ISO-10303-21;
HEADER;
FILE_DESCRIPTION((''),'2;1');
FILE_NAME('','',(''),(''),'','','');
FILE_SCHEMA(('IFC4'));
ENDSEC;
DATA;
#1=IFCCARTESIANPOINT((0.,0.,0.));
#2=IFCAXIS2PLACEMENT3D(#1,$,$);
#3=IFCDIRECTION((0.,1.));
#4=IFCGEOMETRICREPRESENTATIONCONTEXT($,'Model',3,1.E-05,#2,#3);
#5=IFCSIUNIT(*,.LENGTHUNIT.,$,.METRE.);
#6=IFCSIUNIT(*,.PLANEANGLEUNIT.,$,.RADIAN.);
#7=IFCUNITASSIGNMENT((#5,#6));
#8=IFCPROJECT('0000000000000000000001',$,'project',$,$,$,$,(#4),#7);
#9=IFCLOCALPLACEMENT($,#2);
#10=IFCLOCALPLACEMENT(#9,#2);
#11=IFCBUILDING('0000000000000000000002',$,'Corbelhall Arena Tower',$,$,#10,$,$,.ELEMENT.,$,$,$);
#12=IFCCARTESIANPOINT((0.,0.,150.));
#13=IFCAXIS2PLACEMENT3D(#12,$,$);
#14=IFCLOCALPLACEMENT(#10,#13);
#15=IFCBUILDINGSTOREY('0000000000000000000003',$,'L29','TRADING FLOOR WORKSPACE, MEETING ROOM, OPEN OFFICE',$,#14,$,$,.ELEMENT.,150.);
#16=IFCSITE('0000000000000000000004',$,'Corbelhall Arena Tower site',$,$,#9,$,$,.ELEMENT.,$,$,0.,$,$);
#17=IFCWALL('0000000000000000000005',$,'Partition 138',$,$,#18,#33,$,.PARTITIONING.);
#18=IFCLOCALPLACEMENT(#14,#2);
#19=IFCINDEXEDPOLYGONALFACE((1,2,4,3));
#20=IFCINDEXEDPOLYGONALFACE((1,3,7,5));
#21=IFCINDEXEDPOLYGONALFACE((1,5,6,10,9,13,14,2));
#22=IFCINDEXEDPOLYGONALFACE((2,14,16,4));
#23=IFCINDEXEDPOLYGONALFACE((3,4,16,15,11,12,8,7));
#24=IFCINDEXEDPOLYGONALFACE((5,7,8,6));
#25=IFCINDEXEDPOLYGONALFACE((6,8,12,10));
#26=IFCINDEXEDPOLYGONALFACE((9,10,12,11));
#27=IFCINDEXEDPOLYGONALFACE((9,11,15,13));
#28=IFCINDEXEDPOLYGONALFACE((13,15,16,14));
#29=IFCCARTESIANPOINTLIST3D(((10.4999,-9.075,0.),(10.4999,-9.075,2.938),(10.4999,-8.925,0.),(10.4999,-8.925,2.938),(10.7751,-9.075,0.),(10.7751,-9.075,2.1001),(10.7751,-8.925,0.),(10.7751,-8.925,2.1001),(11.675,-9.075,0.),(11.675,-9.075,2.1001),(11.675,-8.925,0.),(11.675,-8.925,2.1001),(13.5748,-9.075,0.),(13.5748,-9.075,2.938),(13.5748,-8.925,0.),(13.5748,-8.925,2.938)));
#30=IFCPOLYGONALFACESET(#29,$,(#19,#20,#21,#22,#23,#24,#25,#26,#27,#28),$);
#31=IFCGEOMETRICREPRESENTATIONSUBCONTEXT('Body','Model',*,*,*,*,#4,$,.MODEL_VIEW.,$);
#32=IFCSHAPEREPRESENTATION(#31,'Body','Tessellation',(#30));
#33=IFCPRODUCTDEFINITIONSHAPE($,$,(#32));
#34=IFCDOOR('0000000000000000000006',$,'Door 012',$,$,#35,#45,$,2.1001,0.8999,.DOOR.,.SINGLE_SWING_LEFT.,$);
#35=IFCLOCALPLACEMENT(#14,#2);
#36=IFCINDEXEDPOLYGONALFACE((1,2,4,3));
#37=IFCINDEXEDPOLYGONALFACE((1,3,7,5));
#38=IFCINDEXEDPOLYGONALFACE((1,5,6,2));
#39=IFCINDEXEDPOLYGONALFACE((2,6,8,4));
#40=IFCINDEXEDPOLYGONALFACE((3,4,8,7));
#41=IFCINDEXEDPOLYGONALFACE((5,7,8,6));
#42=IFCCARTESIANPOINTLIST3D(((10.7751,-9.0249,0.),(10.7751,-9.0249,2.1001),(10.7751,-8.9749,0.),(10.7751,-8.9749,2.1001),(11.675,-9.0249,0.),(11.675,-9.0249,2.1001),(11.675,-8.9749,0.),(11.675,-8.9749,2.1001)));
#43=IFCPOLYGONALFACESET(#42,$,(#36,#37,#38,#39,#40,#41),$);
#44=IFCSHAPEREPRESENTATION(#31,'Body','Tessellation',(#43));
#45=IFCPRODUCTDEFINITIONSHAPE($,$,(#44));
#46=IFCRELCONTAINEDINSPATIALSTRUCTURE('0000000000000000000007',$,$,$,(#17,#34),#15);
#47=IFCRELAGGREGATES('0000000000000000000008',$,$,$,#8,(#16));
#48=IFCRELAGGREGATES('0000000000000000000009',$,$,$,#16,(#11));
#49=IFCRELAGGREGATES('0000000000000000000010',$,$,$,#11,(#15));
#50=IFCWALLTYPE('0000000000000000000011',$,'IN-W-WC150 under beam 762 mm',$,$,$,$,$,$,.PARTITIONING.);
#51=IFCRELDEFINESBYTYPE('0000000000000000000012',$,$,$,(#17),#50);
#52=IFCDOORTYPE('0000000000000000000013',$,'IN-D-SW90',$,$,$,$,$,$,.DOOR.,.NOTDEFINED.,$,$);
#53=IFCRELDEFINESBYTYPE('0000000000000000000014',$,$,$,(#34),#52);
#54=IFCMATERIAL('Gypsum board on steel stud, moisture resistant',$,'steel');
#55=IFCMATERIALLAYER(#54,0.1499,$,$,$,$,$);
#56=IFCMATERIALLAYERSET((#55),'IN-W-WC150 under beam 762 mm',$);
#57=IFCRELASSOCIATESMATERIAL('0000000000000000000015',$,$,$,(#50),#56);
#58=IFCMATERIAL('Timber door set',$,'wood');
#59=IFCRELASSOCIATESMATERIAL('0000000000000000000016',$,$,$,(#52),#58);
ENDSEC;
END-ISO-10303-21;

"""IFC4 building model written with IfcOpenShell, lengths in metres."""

from ifc_helpers import new_model, si_unit, direction, frame, frame_2d, origin, place, context, subcontext, project, spatial, rectangle, extrude, material, layer, layer_set, type_object, element, fill, save


model = new_model("IFC4")

# Units and contexts
model_context = context("Model", 3, precision=1e-05, world=origin(), true_north=direction((0.0, 1.0)))
body_context = subcontext(model_context, "Body", "Model", "MODEL_VIEW")
ifc_project = project(units=[si_unit("LENGTHUNIT", "METRE"), si_unit("PLANEANGLEUNIT", "RADIAN")], contexts=[model_context])

# Site, building, storey
site_placement = place(None, origin())
site = spatial("IfcSite", under=ifc_project, at=site_placement, Name="Corbelhall Arena Tower site", CompositionType="ELEMENT", RefElevation=0.0)
building_placement = place(site_placement, origin())
building = spatial("IfcBuilding", under=site, at=building_placement, Name="Corbelhall Arena Tower", CompositionType="ELEMENT")
storey_placement = place(building_placement, frame((0.0, 0.0, 150.0)))
storey = spatial("IfcBuildingStorey", under=building, at=storey_placement, Name="L29", Description="TRADING FLOOR WORKSPACE, MEETING ROOM, OPEN OFFICE", CompositionType="ELEMENT", Elevation=150.0)

# Shared definitions
ifc_material_1 = material(Name="Gypsum board on steel stud, moisture resistant", Category="steel")
ifc_layer_1 = layer(ifc_material_1, 0.1499)
ifc_layer_set_1 = layer_set([ifc_layer_1], Name="IN-W-WC150 under beam 762 mm")
wall_type_1 = type_object("IfcWallType", Name="IN-W-WC150 under beam 762 mm", PredefinedType="PARTITIONING", material=ifc_layer_set_1)

# Wall, opening, door
wall_1_placement = place(storey_placement, frame((13.575, -9.0, 0.0), z_axis=(0.0, 0.0, 1.0), x_axis=(-1.0, 0.0, 0.0)))
wall_1 = element("IfcWall", 1, at=wall_1_placement, inside=storey, type_object=wall_type_1, Name="Partition 138", PredefinedType="PARTITIONING", context=body_context, shape_type="SweptSolid", body=[
    extrude(rectangle(XDim=3.075, YDim=0.1499, at=frame_2d((1.5376, 0.0))), origin(), (0.0, 0.0, 1.0), 2.938),
])
opening_1_placement = place(wall_1_placement, frame((1.8999, 0.0, 0.0)))
opening_1 = element("IfcOpeningElement", 2, at=opening_1_placement, cuts=wall_1, PredefinedType="OPENING", context=body_context, shape_type="SweptSolid", body=[
    extrude(rectangle(XDim=0.8999, YDim=2.1001, at=frame_2d((0.45, 1.05))), frame((0.0, 0.075, 0.0), z_axis=(0.0, -1.0, 0.0), x_axis=(1.0, 0.0, 0.0)), (0.0, 0.0, 1.0), 0.1499),
])
ifc_material_2 = material(Name="Timber door set", Category="wood")
door_type_1 = type_object("IfcDoorType", Name="IN-D-SW90", OperationType="NOTDEFINED", PredefinedType="DOOR", material=ifc_material_2)
door_1_placement = place(opening_1_placement, origin())
door_1 = element("IfcDoor", 3, at=door_1_placement, inside=storey, type_object=door_type_1, Name="Door 012", OperationType="SINGLE_SWING_LEFT", OverallHeight=2.1001, OverallWidth=0.8999, PredefinedType="DOOR", context=body_context, shape_type="SweptSolid", body=[
    extrude(rectangle(XDim=0.8999, YDim=2.1001, at=frame_2d((0.45, 1.05))), frame((0.0, 0.0249, 0.0), z_axis=(0.0, -1.0, 0.0), x_axis=(1.0, 0.0, 0.0)), (0.0, 0.0, 1.0), 0.05),
])
fill(opening_1, door_1)

save(model, "model.ifc")
